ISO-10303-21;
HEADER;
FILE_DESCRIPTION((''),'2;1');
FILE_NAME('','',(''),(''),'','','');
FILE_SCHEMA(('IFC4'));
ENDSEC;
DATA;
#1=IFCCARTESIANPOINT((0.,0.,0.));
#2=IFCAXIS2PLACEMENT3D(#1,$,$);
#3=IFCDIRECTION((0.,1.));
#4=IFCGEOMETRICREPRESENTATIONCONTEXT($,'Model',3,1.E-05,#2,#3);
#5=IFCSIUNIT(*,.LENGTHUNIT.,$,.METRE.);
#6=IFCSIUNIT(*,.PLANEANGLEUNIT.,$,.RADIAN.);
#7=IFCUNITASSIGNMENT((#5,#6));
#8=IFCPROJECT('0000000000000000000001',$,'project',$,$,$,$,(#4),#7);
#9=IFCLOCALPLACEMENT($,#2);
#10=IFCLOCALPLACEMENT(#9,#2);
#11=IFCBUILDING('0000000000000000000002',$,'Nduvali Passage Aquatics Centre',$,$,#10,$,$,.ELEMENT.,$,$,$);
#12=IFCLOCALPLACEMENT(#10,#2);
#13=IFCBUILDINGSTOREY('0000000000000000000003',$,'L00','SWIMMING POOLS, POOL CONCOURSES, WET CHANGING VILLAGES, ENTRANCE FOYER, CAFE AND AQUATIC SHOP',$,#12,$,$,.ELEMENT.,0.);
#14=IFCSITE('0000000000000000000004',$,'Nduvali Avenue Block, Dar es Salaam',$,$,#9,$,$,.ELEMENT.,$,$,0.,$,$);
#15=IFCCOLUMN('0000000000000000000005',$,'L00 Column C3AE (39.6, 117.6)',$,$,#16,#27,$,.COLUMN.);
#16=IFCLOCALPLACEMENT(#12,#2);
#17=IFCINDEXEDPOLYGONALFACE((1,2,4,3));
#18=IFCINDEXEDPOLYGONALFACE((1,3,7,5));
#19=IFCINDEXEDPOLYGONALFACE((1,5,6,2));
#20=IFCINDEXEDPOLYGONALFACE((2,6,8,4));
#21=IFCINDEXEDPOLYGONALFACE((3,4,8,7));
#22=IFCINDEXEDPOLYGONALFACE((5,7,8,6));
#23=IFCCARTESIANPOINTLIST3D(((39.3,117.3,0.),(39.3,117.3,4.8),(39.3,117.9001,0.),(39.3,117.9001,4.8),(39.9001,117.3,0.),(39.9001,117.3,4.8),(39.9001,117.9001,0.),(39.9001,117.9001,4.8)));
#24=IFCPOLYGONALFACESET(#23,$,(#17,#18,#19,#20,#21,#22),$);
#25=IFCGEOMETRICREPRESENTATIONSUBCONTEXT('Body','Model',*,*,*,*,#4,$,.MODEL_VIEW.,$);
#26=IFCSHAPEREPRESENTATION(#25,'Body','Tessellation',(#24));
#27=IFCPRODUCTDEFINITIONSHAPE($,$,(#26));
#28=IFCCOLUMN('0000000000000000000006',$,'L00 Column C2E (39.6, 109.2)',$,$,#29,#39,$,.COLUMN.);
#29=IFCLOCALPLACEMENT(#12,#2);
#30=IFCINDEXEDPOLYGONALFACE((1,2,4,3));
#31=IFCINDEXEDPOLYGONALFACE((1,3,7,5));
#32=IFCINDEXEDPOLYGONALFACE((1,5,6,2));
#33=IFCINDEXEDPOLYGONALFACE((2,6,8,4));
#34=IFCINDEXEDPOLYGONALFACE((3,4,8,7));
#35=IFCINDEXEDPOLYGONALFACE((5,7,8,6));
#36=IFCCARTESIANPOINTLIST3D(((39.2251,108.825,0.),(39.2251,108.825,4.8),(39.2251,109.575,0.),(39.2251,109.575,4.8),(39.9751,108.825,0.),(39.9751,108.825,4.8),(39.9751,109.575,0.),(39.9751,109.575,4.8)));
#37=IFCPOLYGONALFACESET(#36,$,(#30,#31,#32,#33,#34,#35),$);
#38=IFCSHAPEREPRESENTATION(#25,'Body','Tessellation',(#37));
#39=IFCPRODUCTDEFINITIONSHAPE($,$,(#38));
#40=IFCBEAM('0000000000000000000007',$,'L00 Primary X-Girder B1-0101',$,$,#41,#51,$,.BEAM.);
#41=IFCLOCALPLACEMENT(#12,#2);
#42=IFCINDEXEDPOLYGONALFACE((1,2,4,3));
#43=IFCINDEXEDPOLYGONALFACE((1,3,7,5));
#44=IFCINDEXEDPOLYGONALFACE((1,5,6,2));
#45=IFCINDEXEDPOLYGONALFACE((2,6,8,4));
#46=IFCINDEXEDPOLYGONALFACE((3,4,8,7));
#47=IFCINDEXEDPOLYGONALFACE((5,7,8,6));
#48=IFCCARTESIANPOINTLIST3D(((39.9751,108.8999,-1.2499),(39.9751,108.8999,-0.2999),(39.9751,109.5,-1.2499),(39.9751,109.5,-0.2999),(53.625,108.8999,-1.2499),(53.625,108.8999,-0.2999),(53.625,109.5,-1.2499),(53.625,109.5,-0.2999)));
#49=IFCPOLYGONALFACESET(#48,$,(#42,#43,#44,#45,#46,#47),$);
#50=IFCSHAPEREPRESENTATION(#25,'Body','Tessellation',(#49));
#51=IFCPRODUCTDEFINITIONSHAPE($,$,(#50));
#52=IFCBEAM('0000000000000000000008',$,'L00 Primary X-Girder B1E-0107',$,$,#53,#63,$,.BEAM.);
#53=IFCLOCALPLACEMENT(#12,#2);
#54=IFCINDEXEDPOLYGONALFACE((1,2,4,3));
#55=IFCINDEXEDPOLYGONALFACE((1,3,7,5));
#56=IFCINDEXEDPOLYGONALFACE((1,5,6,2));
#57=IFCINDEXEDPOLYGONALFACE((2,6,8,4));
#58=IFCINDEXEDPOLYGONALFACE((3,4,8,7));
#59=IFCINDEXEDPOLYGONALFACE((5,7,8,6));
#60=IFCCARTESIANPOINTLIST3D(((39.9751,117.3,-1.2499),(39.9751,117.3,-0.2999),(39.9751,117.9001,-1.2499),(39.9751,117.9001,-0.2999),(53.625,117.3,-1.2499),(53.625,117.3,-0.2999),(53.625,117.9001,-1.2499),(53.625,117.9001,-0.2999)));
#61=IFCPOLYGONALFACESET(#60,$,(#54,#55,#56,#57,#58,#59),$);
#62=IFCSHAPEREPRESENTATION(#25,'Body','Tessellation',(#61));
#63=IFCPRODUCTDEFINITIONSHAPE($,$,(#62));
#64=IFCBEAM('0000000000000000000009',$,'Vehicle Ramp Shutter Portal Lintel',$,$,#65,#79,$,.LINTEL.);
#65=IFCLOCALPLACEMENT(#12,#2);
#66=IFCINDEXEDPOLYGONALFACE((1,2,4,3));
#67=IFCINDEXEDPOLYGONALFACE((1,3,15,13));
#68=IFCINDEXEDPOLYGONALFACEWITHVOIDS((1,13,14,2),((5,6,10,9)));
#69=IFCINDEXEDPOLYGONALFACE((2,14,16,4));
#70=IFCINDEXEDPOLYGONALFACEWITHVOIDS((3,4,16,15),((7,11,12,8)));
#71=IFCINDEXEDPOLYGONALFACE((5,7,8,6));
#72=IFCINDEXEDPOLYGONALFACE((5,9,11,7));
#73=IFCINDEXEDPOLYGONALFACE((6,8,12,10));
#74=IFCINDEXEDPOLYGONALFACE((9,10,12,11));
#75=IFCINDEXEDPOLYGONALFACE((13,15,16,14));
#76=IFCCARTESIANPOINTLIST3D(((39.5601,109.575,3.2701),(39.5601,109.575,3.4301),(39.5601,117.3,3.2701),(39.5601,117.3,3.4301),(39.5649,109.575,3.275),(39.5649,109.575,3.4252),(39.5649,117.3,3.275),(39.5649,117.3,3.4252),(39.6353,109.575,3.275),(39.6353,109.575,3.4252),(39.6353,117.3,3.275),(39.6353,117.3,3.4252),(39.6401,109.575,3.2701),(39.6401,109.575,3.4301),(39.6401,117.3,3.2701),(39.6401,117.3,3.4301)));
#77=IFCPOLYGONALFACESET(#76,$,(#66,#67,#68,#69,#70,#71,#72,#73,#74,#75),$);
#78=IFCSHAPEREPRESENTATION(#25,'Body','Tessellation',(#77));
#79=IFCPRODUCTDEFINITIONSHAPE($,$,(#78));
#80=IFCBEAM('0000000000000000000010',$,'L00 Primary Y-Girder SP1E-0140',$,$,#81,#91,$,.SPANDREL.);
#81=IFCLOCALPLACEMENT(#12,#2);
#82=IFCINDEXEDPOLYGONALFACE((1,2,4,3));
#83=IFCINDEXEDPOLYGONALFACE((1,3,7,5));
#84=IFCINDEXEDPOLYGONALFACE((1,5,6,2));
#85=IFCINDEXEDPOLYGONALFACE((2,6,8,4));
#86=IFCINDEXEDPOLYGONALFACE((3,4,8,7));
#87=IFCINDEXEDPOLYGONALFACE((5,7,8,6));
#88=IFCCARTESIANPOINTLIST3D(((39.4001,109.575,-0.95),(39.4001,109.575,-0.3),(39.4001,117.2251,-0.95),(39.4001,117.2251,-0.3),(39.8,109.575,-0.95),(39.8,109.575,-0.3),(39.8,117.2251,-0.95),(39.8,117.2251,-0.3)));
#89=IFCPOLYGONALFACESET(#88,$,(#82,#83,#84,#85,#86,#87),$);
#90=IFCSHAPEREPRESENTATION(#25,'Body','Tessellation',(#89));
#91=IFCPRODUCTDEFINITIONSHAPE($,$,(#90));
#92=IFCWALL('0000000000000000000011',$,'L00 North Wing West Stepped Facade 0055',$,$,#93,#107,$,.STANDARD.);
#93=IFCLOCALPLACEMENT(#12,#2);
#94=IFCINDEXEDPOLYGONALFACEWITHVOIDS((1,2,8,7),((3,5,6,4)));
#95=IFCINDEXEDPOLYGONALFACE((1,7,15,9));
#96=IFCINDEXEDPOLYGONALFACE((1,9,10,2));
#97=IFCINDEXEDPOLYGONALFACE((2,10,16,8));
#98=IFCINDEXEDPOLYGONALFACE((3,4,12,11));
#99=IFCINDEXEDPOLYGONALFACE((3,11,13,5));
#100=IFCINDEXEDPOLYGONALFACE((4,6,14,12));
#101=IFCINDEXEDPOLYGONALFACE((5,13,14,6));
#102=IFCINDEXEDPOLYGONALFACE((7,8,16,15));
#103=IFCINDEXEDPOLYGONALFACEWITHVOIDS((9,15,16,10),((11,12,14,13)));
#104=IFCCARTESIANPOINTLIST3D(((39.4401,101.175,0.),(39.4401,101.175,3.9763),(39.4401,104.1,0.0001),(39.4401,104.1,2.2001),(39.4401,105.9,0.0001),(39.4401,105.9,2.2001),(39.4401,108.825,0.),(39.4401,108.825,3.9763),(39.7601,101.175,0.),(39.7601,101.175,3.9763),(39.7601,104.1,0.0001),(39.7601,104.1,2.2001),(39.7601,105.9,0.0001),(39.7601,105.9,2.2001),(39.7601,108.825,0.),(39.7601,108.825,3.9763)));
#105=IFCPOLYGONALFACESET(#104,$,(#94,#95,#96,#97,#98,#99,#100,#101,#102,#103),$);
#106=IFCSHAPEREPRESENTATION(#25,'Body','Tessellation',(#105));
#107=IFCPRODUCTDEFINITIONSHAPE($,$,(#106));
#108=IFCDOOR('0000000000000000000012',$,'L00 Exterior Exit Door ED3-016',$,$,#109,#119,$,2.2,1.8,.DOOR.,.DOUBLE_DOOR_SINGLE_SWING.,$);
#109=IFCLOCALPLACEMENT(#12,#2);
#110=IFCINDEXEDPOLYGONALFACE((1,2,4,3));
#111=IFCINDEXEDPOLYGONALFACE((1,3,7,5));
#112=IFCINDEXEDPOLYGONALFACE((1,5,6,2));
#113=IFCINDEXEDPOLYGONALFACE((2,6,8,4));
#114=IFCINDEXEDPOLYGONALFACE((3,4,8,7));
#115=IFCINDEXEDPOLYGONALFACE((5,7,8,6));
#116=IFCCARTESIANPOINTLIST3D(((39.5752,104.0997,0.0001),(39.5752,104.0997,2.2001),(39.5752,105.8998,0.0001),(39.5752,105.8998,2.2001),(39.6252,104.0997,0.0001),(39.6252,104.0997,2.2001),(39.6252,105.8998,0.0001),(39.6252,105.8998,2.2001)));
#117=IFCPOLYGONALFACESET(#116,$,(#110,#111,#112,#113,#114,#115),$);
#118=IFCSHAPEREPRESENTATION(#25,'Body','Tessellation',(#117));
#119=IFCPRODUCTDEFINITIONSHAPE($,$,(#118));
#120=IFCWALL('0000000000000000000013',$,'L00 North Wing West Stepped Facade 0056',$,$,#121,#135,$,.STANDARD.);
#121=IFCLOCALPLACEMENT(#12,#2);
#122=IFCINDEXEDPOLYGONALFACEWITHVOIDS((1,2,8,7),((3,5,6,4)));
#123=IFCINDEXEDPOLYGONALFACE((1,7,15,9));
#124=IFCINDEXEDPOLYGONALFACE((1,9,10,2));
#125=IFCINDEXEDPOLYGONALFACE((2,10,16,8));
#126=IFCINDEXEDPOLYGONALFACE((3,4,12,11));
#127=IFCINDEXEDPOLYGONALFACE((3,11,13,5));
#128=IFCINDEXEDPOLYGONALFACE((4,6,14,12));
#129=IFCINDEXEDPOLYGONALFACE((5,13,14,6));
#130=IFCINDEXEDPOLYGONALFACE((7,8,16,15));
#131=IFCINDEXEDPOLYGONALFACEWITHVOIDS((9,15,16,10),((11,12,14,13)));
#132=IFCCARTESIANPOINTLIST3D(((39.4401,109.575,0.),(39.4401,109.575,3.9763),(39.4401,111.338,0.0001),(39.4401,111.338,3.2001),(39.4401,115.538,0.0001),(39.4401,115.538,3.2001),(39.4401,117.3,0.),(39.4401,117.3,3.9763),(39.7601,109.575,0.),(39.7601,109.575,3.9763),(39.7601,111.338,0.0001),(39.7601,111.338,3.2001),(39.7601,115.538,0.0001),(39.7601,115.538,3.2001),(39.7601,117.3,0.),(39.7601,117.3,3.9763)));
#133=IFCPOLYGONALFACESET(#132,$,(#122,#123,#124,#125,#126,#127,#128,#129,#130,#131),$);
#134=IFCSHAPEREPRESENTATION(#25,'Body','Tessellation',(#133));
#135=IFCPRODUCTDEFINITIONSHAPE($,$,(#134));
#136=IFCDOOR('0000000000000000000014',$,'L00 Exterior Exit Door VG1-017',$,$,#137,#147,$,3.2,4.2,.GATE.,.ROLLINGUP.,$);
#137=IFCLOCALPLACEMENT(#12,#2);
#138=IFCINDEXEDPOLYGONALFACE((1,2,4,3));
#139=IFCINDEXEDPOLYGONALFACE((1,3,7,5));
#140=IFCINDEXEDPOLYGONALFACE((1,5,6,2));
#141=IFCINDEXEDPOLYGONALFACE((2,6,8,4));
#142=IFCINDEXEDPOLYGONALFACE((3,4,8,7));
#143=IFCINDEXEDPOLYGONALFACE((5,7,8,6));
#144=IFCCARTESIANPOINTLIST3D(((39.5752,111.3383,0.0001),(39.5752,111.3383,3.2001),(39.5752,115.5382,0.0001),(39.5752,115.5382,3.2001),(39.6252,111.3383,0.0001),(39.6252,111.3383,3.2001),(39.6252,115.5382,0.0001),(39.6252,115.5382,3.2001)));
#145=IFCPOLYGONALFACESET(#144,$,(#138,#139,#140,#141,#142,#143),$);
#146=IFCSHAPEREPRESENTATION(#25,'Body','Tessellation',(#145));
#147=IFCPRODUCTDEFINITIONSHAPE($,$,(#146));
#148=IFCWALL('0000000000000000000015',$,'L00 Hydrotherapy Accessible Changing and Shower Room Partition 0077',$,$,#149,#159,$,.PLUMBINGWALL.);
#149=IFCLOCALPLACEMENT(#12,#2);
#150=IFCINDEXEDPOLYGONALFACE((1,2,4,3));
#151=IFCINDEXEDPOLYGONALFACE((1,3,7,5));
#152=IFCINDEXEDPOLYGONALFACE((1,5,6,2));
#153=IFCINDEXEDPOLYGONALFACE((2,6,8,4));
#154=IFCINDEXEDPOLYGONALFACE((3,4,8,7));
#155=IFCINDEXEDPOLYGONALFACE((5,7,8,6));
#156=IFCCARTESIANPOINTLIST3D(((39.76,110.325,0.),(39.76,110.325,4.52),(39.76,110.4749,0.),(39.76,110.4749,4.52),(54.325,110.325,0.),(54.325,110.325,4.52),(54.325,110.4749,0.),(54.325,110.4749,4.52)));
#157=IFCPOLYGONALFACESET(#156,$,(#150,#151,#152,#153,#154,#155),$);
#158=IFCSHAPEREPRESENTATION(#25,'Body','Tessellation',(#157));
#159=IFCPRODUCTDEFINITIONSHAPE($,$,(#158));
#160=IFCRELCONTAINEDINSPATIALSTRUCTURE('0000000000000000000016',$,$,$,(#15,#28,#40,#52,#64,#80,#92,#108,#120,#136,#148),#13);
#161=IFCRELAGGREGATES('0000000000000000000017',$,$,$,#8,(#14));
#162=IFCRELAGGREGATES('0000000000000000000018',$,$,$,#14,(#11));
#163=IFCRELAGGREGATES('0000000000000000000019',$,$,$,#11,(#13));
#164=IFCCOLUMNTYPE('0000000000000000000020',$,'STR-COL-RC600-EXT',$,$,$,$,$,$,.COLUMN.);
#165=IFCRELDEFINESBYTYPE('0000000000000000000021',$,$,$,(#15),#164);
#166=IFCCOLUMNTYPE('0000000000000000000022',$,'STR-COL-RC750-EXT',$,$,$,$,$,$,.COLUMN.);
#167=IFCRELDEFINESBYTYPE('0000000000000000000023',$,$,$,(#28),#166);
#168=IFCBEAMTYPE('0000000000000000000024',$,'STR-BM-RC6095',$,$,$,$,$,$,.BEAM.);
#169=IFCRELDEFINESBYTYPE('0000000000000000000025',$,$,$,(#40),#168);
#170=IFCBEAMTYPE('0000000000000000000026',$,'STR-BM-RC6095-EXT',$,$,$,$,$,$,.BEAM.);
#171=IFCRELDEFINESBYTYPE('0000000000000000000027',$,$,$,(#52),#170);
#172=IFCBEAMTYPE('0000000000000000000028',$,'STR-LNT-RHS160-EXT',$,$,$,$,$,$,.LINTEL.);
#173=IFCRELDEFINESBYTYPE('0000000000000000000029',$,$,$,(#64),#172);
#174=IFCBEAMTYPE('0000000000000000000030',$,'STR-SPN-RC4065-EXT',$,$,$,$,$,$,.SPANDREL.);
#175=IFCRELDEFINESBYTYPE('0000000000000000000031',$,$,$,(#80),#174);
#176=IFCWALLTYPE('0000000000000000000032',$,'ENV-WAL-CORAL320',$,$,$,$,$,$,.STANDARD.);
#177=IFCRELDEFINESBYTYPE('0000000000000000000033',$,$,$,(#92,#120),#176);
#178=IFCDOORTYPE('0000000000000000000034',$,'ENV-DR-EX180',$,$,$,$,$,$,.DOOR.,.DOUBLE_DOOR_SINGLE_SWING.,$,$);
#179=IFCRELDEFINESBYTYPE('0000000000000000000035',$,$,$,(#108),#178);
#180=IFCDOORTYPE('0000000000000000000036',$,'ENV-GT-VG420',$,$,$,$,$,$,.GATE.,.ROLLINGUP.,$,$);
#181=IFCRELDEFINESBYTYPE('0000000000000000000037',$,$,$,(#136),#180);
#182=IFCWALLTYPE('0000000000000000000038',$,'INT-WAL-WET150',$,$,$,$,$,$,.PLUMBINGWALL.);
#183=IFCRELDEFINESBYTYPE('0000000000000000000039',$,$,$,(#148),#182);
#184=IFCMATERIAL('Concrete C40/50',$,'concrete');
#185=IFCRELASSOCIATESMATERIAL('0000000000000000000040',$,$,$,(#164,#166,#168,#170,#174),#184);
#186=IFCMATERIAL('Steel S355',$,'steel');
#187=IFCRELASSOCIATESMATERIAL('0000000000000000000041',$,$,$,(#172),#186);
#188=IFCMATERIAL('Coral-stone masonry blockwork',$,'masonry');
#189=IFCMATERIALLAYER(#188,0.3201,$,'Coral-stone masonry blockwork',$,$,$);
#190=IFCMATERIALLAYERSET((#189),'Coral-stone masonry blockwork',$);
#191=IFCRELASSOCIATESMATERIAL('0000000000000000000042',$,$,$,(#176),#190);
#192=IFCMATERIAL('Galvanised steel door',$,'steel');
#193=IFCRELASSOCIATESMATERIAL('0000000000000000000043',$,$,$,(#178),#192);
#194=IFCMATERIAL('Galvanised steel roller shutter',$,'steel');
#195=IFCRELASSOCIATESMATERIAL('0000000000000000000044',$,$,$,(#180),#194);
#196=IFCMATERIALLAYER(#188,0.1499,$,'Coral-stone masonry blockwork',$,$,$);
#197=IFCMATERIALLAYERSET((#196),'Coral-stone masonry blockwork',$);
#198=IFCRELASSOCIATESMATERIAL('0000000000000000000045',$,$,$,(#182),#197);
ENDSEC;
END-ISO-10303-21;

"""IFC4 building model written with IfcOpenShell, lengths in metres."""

from ifc_helpers import new_model, si_unit, direction, frame, frame_2d, origin, origin_2d, place, context, subcontext, project, spatial, rectangle, hollow_rectangle, extrude, material, layer, layer_set, material_profile, profile_set, type_object, element, fill, save


model = new_model("IFC4")

# Units and contexts
model_context = context("Model", 3, precision=1e-05, world=origin(), true_north=direction((0.0, 1.0)))
body_context = subcontext(model_context, "Body", "Model", "MODEL_VIEW")
ifc_project = project(units=[si_unit("LENGTHUNIT", "METRE"), si_unit("PLANEANGLEUNIT", "RADIAN")], contexts=[model_context])

# Site, building, storey
site_placement = place(None, origin())
site = spatial("IfcSite", under=ifc_project, at=site_placement, Name="Nduvali Avenue Block, Dar es Salaam", CompositionType="ELEMENT", RefElevation=0.0)
building_placement = place(site_placement, origin())
building = spatial("IfcBuilding", under=site, at=building_placement, Name="Nduvali Passage Aquatics Centre", CompositionType="ELEMENT")
storey_placement = place(building_placement, origin())
storey = spatial("IfcBuildingStorey", under=building, at=storey_placement, Name="L00", Description="SWIMMING POOLS, POOL CONCOURSES, WET CHANGING VILLAGES, ENTRANCE FOYER, CAFE AND AQUATIC SHOP", CompositionType="ELEMENT", Elevation=0.0)

# Columns
ifc_material_1 = material(Name="Concrete C40/50", Category="concrete")
ifc_material_profile_1 = material_profile(ifc_material_1, rectangle(XDim=0.6001, YDim=0.6001, at=origin_2d()), Name="RC 600x600")
ifc_profile_set_1 = profile_set([ifc_material_profile_1], Name="Concrete C40/50")
column_type_1 = type_object("IfcColumnType", Name="STR-COL-RC600-EXT", PredefinedType="COLUMN", material=ifc_profile_set_1)
column_1_placement = place(storey_placement, frame((39.6001, 117.6001, 0.0), z_axis=(0.0, 0.0, 1.0), x_axis=(1.0, 0.0, 0.0)))
element("IfcColumn", 1, at=column_1_placement, inside=storey, type_object=column_type_1, Name="L00 Column C3AE (39.6, 117.6)", PredefinedType="COLUMN", context=body_context, shape_type="SweptSolid", body=[
    extrude(rectangle(XDim=0.6001, YDim=0.6001, at=origin_2d()), origin(), (0.0, 0.0, 1.0), 4.8),
])
ifc_material_profile_2 = material_profile(ifc_material_1, rectangle(XDim=0.75, YDim=0.75, at=origin_2d()), Name="RC 750x750")
ifc_profile_set_2 = profile_set([ifc_material_profile_2], Name="Concrete C40/50")
column_type_2 = type_object("IfcColumnType", Name="STR-COL-RC750-EXT", PredefinedType="COLUMN", material=ifc_profile_set_2)
column_2_placement = place(storey_placement, frame((39.6001, 109.2, 0.0), z_axis=(0.0, 0.0, 1.0), x_axis=(1.0, 0.0, 0.0)))
element("IfcColumn", 2, at=column_2_placement, inside=storey, type_object=column_type_2, Name="L00 Column C2E (39.6, 109.2)", PredefinedType="COLUMN", context=body_context, shape_type="SweptSolid", body=[
    extrude(rectangle(XDim=0.75, YDim=0.75, at=origin_2d()), origin(), (0.0, 0.0, 1.0), 4.8),
])

# Beams
ifc_material_profile_3 = material_profile(ifc_material_1, rectangle(XDim=0.6001, YDim=0.95, at=origin_2d()), Name="RC 600x950")
ifc_profile_set_3 = profile_set([ifc_material_profile_3], Name="Concrete C40/50")
beam_type_1 = type_object("IfcBeamType", Name="STR-BM-RC6095", PredefinedType="BEAM", material=ifc_profile_set_3)
beam_1_placement = place(storey_placement, frame((39.9751, 109.2, -0.7749), z_axis=(1.0, 0.0, 0.0), x_axis=(0.0, 1.0, 0.0)))
element("IfcBeam", 3, at=beam_1_placement, inside=storey, type_object=beam_type_1, Name="L00 Primary X-Girder B1-0101", PredefinedType="BEAM", context=body_context, shape_type="SweptSolid", body=[
    extrude(rectangle(XDim=0.6001, YDim=0.95, at=origin_2d()), origin(), (0.0, 0.0, 1.0), 13.6499),
])
ifc_material_profile_4 = material_profile(ifc_material_1, rectangle(XDim=0.6001, YDim=0.95, at=origin_2d()), Name="RC 600x950")
ifc_profile_set_4 = profile_set([ifc_material_profile_4], Name="Concrete C40/50")
beam_type_2 = type_object("IfcBeamType", Name="STR-BM-RC6095-EXT", PredefinedType="BEAM", material=ifc_profile_set_4)
beam_2_placement = place(storey_placement, frame((39.9751, 117.6001, -0.7749), z_axis=(1.0, 0.0, 0.0), x_axis=(0.0, 1.0, 0.0)))
element("IfcBeam", 4, at=beam_2_placement, inside=storey, type_object=beam_type_2, Name="L00 Primary X-Girder B1E-0107", PredefinedType="BEAM", context=body_context, shape_type="SweptSolid", body=[
    extrude(rectangle(XDim=0.6001, YDim=0.95, at=origin_2d()), origin(), (0.0, 0.0, 1.0), 13.6499),
])
ifc_material_2 = material(Name="Steel S355", Category="steel")
ifc_material_profile_5 = material_profile(ifc_material_2, hollow_rectangle(XDim=0.0801, YDim=0.1599, WallThickness=0.0049, at=origin_2d()), Name="RHS 160x80x5.0")
ifc_profile_set_5 = profile_set([ifc_material_profile_5], Name="Steel S355")
beam_type_3 = type_object("IfcBeamType", Name="STR-LNT-RHS160-EXT", PredefinedType="LINTEL", material=ifc_profile_set_5)
beam_3_placement = place(storey_placement, frame((39.6001, 109.575, 3.3501), z_axis=(0.0, 1.0, 0.0), x_axis=(-1.0, 0.0, 0.0)))
element("IfcBeam", 5, at=beam_3_placement, inside=storey, type_object=beam_type_3, Name="Vehicle Ramp Shutter Portal Lintel", PredefinedType="LINTEL", context=body_context, shape_type="SweptSolid", body=[
    extrude(hollow_rectangle(XDim=0.0801, YDim=0.1599, WallThickness=0.0049, at=origin_2d()), origin(), (0.0, 0.0, 1.0), 7.7251),
])
ifc_material_profile_6 = material_profile(ifc_material_1, rectangle(XDim=0.3999, YDim=0.6499, at=origin_2d()), Name="RC 400x650")
ifc_profile_set_6 = profile_set([ifc_material_profile_6], Name="Concrete C40/50")
beam_type_4 = type_object("IfcBeamType", Name="STR-SPN-RC4065-EXT", PredefinedType="SPANDREL", material=ifc_profile_set_6)
beam_4_placement = place(storey_placement, frame((39.6001, 109.575, -0.625), z_axis=(0.0, 1.0, 0.0), x_axis=(-1.0, 0.0, 0.0)))
element("IfcBeam", 6, at=beam_4_placement, inside=storey, type_object=beam_type_4, Name="L00 Primary Y-Girder SP1E-0140", PredefinedType="SPANDREL", context=body_context, shape_type="SweptSolid", body=[
    extrude(rectangle(XDim=0.3999, YDim=0.6499, at=origin_2d()), origin(), (0.0, 0.0, 1.0), 7.6501),
])

# Walls, openings, doors
ifc_material_3 = material(Name="Coral-stone masonry blockwork", Category="masonry")
ifc_layer_1 = layer(ifc_material_3, 0.3201, Name="Coral-stone masonry blockwork")
ifc_layer_set_1 = layer_set([ifc_layer_1], Name="Coral-stone masonry blockwork")
wall_type_1 = type_object("IfcWallType", Name="ENV-WAL-CORAL320", PredefinedType="STANDARD", material=ifc_layer_set_1)
wall_1_placement = place(storey_placement, frame((39.6001, 108.825, 0.0), z_axis=(0.0, 0.0, 1.0), x_axis=(0.0, -1.0, 0.0)))
wall_1 = element("IfcWall", 7, at=wall_1_placement, inside=storey, type_object=wall_type_1, Name="L00 North Wing West Stepped Facade 0055", PredefinedType="STANDARD", context=body_context, shape_type="SweptSolid", body=[
    extrude(rectangle(XDim=7.6499, YDim=0.3201, at=frame_2d((3.825, 0.0))), origin(), (0.0, 0.0, 1.0), 3.9763),
])
opening_1_placement = place(wall_1_placement, frame((2.925, 0.0, 0.0)))
opening_1 = element("IfcOpeningElement", 8, at=opening_1_placement, cuts=wall_1, PredefinedType="OPENING", context=body_context, shape_type="SweptSolid", body=[
    extrude(rectangle(XDim=1.8, YDim=2.2, at=frame_2d((0.8999, 1.1001))), frame((0.0, 0.1748, 0.0), z_axis=(0.0, -1.0, 0.0), x_axis=(1.0, 0.0, 0.0)), (0.0, 0.0, 1.0), 0.3499),
])
ifc_material_4 = material(Name="Galvanised steel door", Category="steel")
door_type_1 = type_object("IfcDoorType", Name="ENV-DR-EX180", OperationType="DOUBLE_DOOR_SINGLE_SWING", PredefinedType="DOOR", material=ifc_material_4)
door_1_placement = place(opening_1_placement, frame((1.8, 0.0, 0.0), z_axis=(0.0, 0.0, 1.0), x_axis=(-1.0, 0.0, 0.0)))
door_1 = element("IfcDoor", 9, at=door_1_placement, inside=storey, type_object=door_type_1, Name="L00 Exterior Exit Door ED3-016", OperationType="DOUBLE_DOOR_SINGLE_SWING", OverallHeight=2.2, OverallWidth=1.8, PredefinedType="DOOR", context=body_context, shape_type="SweptSolid", body=[
    extrude(rectangle(XDim=1.8, YDim=2.2, at=frame_2d((0.8999, 1.1001))), frame((0.0, 0.0249, 0.0), z_axis=(0.0, -1.0, 0.0), x_axis=(1.0, 0.0, 0.0)), (0.0, 0.0, 1.0), 0.05),
])
fill(opening_1, door_1)
wall_2_placement = place(storey_placement, frame((39.6001, 117.3, 0.0), z_axis=(0.0, 0.0, 1.0), x_axis=(0.0, -1.0, 0.0)))
wall_2 = element("IfcWall", 10, at=wall_2_placement, inside=storey, type_object=wall_type_1, Name="L00 North Wing West Stepped Facade 0056", PredefinedType="STANDARD", context=body_context, shape_type="SweptSolid", body=[
    extrude(rectangle(XDim=7.7251, YDim=0.3201, at=frame_2d((3.8625, 0.0))), origin(), (0.0, 0.0, 1.0), 3.9763),
])
opening_2_placement = place(wall_2_placement, frame((1.762, 0.0, 0.0)))
opening_2 = element("IfcOpeningElement", 11, at=opening_2_placement, cuts=wall_2, PredefinedType="OPENING", context=body_context, shape_type="SweptSolid", body=[
    extrude(rectangle(XDim=4.2, YDim=3.2, at=frame_2d((2.1001, 1.6001))), frame((0.0, 0.1748, 0.0), z_axis=(0.0, -1.0, 0.0), x_axis=(1.0, 0.0, 0.0)), (0.0, 0.0, 1.0), 0.3499),
])
ifc_material_5 = material(Name="Galvanised steel roller shutter", Category="steel")
door_type_2 = type_object("IfcDoorType", Name="ENV-GT-VG420", OperationType="ROLLINGUP", PredefinedType="GATE", material=ifc_material_5)
door_2_placement = place(opening_2_placement, frame((4.2, 0.0, 0.0), z_axis=(0.0, 0.0, 1.0), x_axis=(-1.0, 0.0, 0.0)))
door_2 = element("IfcDoor", 12, at=door_2_placement, inside=storey, type_object=door_type_2, Name="L00 Exterior Exit Door VG1-017", OperationType="ROLLINGUP", OverallHeight=3.2, OverallWidth=4.2, PredefinedType="GATE", context=body_context, shape_type="SweptSolid", body=[
    extrude(rectangle(XDim=4.2, YDim=3.2, at=frame_2d((2.1001, 1.6001))), frame((0.0, 0.0249, 0.0), z_axis=(0.0, -1.0, 0.0), x_axis=(1.0, 0.0, 0.0)), (0.0, 0.0, 1.0), 0.05),
])
fill(opening_2, door_2)

# Wall
ifc_layer_2 = layer(ifc_material_3, 0.1499, Name="Coral-stone masonry blockwork")
ifc_layer_set_2 = layer_set([ifc_layer_2], Name="Coral-stone masonry blockwork")
wall_type_2 = type_object("IfcWallType", Name="INT-WAL-WET150", PredefinedType="PLUMBINGWALL", material=ifc_layer_set_2)
wall_3_placement = place(storey_placement, frame((39.76, 110.3999, 0.0), z_axis=(0.0, 0.0, 1.0), x_axis=(1.0, 0.0, 0.0)))
element("IfcWall", 13, at=wall_3_placement, inside=storey, type_object=wall_type_2, Name="L00 Hydrotherapy Accessible Changing and Shower Room Partition 0077", PredefinedType="PLUMBINGWALL", context=body_context, shape_type="SweptSolid", body=[
    extrude(rectangle(XDim=14.5649, YDim=0.1499, at=frame_2d((7.2825, 0.0))), origin(), (0.0, 0.0, 1.0), 4.52),
])

save(model, "model.ifc")
